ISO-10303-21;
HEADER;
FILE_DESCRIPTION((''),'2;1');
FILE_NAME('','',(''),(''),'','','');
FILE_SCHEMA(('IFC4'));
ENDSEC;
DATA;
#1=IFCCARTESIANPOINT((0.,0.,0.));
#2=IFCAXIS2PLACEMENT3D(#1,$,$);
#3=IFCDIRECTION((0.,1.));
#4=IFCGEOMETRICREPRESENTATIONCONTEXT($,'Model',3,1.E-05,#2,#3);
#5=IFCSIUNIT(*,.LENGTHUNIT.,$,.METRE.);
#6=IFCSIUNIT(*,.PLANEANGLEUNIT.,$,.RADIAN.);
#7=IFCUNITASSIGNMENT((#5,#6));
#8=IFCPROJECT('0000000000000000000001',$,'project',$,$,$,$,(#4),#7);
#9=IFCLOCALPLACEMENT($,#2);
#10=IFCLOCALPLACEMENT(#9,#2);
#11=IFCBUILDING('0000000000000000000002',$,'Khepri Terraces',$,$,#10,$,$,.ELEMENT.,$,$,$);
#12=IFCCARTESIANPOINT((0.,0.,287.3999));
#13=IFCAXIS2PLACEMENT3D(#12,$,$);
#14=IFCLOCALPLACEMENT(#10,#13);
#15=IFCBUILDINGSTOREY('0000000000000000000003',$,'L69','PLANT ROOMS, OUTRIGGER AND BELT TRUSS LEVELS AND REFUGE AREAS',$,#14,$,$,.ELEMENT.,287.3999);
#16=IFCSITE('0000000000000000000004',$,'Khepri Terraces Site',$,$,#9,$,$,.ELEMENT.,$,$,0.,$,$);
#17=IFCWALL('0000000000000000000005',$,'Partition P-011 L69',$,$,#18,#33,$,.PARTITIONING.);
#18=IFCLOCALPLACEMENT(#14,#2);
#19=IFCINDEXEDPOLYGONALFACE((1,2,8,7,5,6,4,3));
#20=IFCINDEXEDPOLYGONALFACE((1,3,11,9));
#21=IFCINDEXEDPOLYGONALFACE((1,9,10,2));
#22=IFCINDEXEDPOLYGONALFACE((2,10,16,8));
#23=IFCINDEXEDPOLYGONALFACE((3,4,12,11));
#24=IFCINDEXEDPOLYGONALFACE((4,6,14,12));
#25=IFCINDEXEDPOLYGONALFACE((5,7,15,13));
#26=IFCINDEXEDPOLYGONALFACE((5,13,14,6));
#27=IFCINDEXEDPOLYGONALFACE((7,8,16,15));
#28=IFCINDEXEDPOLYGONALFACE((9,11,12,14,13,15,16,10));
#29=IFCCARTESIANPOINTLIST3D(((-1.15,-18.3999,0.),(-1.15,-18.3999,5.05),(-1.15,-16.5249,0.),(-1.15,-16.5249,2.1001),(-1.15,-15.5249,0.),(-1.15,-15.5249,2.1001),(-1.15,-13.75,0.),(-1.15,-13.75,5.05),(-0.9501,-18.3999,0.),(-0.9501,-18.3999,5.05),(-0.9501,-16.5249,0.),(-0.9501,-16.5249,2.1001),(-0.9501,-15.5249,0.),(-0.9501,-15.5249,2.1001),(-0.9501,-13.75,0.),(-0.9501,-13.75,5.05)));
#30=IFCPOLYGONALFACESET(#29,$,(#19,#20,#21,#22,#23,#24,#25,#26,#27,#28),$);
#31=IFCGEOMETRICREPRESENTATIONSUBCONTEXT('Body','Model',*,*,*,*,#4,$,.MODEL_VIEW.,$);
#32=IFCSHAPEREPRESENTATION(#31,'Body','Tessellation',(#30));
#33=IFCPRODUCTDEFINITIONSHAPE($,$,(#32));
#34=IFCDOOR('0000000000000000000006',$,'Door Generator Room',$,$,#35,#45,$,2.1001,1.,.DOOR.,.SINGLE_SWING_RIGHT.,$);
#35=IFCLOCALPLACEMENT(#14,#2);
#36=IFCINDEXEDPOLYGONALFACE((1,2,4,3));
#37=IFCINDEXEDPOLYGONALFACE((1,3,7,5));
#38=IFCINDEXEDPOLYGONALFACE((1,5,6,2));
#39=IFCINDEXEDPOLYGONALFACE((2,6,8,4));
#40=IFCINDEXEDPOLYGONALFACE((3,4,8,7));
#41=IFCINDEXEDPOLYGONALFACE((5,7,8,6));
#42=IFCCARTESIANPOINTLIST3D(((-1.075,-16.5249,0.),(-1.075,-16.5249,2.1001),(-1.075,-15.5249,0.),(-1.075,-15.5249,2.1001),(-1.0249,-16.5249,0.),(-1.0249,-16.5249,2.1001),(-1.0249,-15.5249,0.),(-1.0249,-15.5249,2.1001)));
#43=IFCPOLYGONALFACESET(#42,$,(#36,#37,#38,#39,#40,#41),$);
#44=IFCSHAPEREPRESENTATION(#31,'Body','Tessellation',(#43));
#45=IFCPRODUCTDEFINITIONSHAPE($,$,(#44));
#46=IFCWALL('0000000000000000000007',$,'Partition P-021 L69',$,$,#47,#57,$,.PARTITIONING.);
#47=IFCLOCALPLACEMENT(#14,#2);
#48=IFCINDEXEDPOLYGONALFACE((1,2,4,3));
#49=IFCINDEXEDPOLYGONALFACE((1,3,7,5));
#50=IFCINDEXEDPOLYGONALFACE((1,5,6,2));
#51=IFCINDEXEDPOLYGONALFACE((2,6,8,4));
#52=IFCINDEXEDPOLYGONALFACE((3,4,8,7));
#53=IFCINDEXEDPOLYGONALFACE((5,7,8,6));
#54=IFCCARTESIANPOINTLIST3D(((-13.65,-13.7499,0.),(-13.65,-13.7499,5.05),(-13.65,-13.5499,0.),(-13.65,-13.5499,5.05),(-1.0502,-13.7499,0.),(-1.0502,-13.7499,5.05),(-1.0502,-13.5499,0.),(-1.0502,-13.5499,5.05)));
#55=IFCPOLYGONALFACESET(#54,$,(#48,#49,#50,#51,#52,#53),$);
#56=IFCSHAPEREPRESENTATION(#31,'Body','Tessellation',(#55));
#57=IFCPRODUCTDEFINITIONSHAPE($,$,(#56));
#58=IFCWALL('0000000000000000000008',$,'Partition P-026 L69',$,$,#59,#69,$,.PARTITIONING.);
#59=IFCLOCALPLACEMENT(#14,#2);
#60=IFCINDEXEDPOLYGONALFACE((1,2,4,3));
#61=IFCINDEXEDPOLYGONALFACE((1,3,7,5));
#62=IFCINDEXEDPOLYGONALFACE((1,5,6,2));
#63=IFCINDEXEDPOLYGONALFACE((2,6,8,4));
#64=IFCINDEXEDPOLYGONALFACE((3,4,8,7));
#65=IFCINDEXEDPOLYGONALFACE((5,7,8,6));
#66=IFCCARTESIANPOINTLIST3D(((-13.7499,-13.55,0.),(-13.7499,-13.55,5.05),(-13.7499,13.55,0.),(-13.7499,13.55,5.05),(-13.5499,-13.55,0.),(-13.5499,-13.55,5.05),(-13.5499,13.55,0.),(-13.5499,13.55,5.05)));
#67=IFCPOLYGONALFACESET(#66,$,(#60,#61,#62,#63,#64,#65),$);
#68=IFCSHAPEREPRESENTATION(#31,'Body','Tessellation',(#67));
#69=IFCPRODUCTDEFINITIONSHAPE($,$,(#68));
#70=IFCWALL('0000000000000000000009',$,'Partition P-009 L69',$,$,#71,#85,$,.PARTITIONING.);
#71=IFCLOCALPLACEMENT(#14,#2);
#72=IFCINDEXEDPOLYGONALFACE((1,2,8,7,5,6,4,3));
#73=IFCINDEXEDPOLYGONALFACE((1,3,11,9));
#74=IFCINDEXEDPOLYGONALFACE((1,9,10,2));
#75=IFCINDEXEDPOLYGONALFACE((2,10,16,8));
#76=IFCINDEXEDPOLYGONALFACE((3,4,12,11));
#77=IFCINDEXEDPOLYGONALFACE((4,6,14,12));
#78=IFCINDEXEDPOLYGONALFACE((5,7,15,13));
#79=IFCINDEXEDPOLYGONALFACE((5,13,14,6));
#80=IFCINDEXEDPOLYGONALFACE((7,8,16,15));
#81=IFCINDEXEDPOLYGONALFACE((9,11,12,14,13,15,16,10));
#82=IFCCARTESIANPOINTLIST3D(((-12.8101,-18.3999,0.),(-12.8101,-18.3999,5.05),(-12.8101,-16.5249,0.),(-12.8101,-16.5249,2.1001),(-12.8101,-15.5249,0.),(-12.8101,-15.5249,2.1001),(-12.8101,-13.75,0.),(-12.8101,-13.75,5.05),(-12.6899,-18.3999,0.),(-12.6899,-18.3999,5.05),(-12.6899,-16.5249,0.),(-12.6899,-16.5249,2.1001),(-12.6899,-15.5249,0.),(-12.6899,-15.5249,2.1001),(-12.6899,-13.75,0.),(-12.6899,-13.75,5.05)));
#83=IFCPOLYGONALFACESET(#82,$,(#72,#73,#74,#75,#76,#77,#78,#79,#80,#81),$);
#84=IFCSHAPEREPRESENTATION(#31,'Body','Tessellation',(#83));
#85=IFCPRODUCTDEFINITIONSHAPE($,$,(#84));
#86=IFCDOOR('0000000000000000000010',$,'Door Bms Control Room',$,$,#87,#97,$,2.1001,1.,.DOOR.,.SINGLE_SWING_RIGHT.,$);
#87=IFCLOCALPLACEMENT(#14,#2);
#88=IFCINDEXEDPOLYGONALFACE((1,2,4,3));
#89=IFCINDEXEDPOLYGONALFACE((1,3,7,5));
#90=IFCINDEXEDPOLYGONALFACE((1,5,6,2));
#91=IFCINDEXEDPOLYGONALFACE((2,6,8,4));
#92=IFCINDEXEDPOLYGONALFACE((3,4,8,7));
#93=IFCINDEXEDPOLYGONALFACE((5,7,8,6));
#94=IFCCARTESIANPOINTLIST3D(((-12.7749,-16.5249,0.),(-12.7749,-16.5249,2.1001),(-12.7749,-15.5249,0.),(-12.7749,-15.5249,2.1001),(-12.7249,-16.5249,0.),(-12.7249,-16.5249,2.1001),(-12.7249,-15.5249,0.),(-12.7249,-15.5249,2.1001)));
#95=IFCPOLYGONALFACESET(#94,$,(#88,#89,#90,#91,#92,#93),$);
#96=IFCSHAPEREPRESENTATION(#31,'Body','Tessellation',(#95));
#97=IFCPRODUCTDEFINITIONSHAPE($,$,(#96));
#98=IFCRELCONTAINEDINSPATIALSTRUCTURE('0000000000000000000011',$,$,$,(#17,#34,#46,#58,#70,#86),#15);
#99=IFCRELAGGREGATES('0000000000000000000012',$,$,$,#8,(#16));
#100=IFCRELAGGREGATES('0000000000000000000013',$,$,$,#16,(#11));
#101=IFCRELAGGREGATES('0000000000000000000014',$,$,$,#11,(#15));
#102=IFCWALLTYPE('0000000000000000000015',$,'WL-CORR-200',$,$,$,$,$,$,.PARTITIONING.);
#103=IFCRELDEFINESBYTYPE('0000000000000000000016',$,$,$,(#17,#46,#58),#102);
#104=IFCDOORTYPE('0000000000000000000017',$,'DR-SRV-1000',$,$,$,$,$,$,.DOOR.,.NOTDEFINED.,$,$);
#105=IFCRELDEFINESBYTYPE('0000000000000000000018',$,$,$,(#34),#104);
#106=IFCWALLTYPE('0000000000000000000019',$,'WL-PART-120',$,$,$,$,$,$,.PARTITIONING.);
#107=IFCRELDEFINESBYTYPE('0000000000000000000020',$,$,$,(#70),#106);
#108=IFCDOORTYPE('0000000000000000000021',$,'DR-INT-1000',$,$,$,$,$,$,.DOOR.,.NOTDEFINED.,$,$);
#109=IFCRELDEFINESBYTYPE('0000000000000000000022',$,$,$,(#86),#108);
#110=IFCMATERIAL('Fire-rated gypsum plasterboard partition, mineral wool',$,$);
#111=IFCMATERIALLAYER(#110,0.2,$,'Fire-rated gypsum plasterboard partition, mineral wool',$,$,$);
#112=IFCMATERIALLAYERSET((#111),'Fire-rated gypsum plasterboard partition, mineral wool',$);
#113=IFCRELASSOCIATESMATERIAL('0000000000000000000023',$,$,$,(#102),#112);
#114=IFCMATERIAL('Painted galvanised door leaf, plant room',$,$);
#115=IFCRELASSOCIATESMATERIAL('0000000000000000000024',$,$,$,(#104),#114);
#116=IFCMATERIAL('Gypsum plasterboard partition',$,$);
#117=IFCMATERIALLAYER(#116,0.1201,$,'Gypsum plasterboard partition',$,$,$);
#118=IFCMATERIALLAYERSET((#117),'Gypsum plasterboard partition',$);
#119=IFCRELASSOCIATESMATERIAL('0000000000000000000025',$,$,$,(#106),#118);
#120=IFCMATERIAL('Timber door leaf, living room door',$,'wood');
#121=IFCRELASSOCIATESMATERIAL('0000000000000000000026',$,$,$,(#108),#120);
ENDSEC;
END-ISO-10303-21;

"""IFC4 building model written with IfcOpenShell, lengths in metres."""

from ifc_helpers import new_model, si_unit, direction, frame, frame_2d, origin, place, context, subcontext, project, spatial, rectangle, extrude, material, layer, layer_set, type_object, element, fill, save


model = new_model("IFC4")

# Units and contexts
model_context = context("Model", 3, precision=1e-05, world=origin(), true_north=direction((0.0, 1.0)))
body_context = subcontext(model_context, "Body", "Model", "MODEL_VIEW")
ifc_project = project(units=[si_unit("LENGTHUNIT", "METRE"), si_unit("PLANEANGLEUNIT", "RADIAN")], contexts=[model_context])

# Site, building, storey
site_placement = place(None, origin())
site = spatial("IfcSite", under=ifc_project, at=site_placement, Name="Khepri Terraces Site", CompositionType="ELEMENT", RefElevation=0.0)
building_placement = place(site_placement, origin())
building = spatial("IfcBuilding", under=site, at=building_placement, Name="Khepri Terraces", CompositionType="ELEMENT")
storey_placement = place(building_placement, frame((0.0, 0.0, 287.3999)))
storey = spatial("IfcBuildingStorey", under=building, at=storey_placement, Name="L69", Description="PLANT ROOMS, OUTRIGGER AND BELT TRUSS LEVELS AND REFUGE AREAS", CompositionType="ELEMENT", Elevation=287.3999)

# Shared definitions
ifc_material_1 = material(Name="Fire-rated gypsum plasterboard partition, mineral wool")
ifc_layer_1 = layer(ifc_material_1, 0.2, Name="Fire-rated gypsum plasterboard partition, mineral wool")
ifc_layer_set_1 = layer_set([ifc_layer_1], Name="Fire-rated gypsum plasterboard partition, mineral wool")
wall_type_1 = type_object("IfcWallType", Name="WL-CORR-200", PredefinedType="PARTITIONING", material=ifc_layer_set_1)

# Wall, opening, door
wall_1_placement = place(storey_placement, frame((-1.05, -18.3999, 0.0), z_axis=(0.0, 0.0, 1.0), x_axis=(0.0, 1.0, 0.0)))
wall_1 = element("IfcWall", 1, at=wall_1_placement, inside=storey, type_object=wall_type_1, Name="Partition P-011 L69", PredefinedType="PARTITIONING", context=body_context, shape_type="SweptSolid", body=[
    extrude(rectangle(XDim=4.6499, YDim=0.2, at=frame_2d((2.325, 0.0))), origin(), (0.0, 0.0, 1.0), 5.05),
])
opening_1_placement = place(wall_1_placement, frame((1.875, 0.0, 0.0)))
opening_1 = element("IfcOpeningElement", 2, at=opening_1_placement, cuts=wall_1, PredefinedType="OPENING", context=body_context, shape_type="SweptSolid", body=[
    extrude(rectangle(XDim=1.0, YDim=2.1001, at=frame_2d((0.5, 1.05))), frame((0.0, 0.1099, 0.0), z_axis=(0.0, -1.0, 0.0), x_axis=(1.0, 0.0, 0.0)), (0.0, 0.0, 1.0), 0.22),
])
ifc_material_2 = material(Name="Painted galvanised door leaf, plant room")
door_type_1 = type_object("IfcDoorType", Name="DR-SRV-1000", OperationType="NOTDEFINED", PredefinedType="DOOR", material=ifc_material_2)
door_1_placement = place(opening_1_placement, origin())
door_1 = element("IfcDoor", 3, at=door_1_placement, inside=storey, type_object=door_type_1, Name="Door Generator Room", OperationType="SINGLE_SWING_RIGHT", OverallHeight=2.1001, OverallWidth=1.0, PredefinedType="DOOR", context=body_context, shape_type="SweptSolid", body=[
    extrude(rectangle(XDim=1.0, YDim=2.1001, at=frame_2d((0.5, 1.05))), frame((0.0, 0.0249, 0.0), z_axis=(0.0, -1.0, 0.0), x_axis=(1.0, 0.0, 0.0)), (0.0, 0.0, 1.0), 0.05),
])
fill(opening_1, door_1)

# Walls
wall_2_placement = place(storey_placement, frame((-13.6499, -13.6499, 0.0), z_axis=(0.0, 0.0, 1.0), x_axis=(1.0, 0.0, 0.0)))
element("IfcWall", 4, at=wall_2_placement, inside=storey, type_object=wall_type_1, Name="Partition P-021 L69", PredefinedType="PARTITIONING", context=body_context, shape_type="SweptSolid", body=[
    extrude(rectangle(XDim=12.5999, YDim=0.2, at=frame_2d((6.2998, 0.0))), origin(), (0.0, 0.0, 1.0), 5.05),
])
wall_3_placement = place(storey_placement, frame((-13.6499, -13.55, 0.0), z_axis=(0.0, 0.0, 1.0), x_axis=(0.0, 1.0, 0.0)))
element("IfcWall", 5, at=wall_3_placement, inside=storey, type_object=wall_type_1, Name="Partition P-026 L69", PredefinedType="PARTITIONING", context=body_context, shape_type="SweptSolid", body=[
    extrude(rectangle(XDim=27.1001, YDim=0.2, at=frame_2d((13.55, 0.0))), origin(), (0.0, 0.0, 1.0), 5.05),
])

# Wall, opening, door
ifc_material_3 = material(Name="Gypsum plasterboard partition")
ifc_layer_2 = layer(ifc_material_3, 0.1201, Name="Gypsum plasterboard partition")
ifc_layer_set_2 = layer_set([ifc_layer_2], Name="Gypsum plasterboard partition")
wall_type_2 = type_object("IfcWallType", Name="WL-PART-120", PredefinedType="PARTITIONING", material=ifc_layer_set_2)
wall_4_placement = place(storey_placement, frame((-12.75, -18.3999, 0.0), z_axis=(0.0, 0.0, 1.0), x_axis=(0.0, 1.0, 0.0)))
wall_4 = element("IfcWall", 6, at=wall_4_placement, inside=storey, type_object=wall_type_2, Name="Partition P-009 L69", PredefinedType="PARTITIONING", context=body_context, shape_type="SweptSolid", body=[
    extrude(rectangle(XDim=4.6499, YDim=0.1201, at=frame_2d((2.325, 0.0))), origin(), (0.0, 0.0, 1.0), 5.05),
])
opening_2_placement = place(wall_4_placement, frame((1.875, 0.0, 0.0)))
opening_2 = element("IfcOpeningElement", 7, at=opening_2_placement, cuts=wall_4, PredefinedType="OPENING", context=body_context, shape_type="SweptSolid", body=[
    extrude(rectangle(XDim=1.0, YDim=2.1001, at=frame_2d((0.5, 1.05))), frame((0.0, 0.0701, 0.0), z_axis=(0.0, -1.0, 0.0), x_axis=(1.0, 0.0, 0.0)), (0.0, 0.0, 1.0), 0.1401),
])
ifc_material_4 = material(Name="Timber door leaf, living room door", Category="wood")
door_type_2 = type_object("IfcDoorType", Name="DR-INT-1000", OperationType="NOTDEFINED", PredefinedType="DOOR", material=ifc_material_4)
door_2_placement = place(opening_2_placement, origin())
door_2 = element("IfcDoor", 8, at=door_2_placement, inside=storey, type_object=door_type_2, Name="Door Bms Control Room", OperationType="SINGLE_SWING_RIGHT", OverallHeight=2.1001, OverallWidth=1.0, PredefinedType="DOOR", context=body_context, shape_type="SweptSolid", body=[
    extrude(rectangle(XDim=1.0, YDim=2.1001, at=frame_2d((0.5, 1.05))), frame((0.0, 0.0249, 0.0), z_axis=(0.0, -1.0, 0.0), x_axis=(1.0, 0.0, 0.0)), (0.0, 0.0, 1.0), 0.05),
])
fill(opening_2, door_2)

save(model, "model.ifc")
